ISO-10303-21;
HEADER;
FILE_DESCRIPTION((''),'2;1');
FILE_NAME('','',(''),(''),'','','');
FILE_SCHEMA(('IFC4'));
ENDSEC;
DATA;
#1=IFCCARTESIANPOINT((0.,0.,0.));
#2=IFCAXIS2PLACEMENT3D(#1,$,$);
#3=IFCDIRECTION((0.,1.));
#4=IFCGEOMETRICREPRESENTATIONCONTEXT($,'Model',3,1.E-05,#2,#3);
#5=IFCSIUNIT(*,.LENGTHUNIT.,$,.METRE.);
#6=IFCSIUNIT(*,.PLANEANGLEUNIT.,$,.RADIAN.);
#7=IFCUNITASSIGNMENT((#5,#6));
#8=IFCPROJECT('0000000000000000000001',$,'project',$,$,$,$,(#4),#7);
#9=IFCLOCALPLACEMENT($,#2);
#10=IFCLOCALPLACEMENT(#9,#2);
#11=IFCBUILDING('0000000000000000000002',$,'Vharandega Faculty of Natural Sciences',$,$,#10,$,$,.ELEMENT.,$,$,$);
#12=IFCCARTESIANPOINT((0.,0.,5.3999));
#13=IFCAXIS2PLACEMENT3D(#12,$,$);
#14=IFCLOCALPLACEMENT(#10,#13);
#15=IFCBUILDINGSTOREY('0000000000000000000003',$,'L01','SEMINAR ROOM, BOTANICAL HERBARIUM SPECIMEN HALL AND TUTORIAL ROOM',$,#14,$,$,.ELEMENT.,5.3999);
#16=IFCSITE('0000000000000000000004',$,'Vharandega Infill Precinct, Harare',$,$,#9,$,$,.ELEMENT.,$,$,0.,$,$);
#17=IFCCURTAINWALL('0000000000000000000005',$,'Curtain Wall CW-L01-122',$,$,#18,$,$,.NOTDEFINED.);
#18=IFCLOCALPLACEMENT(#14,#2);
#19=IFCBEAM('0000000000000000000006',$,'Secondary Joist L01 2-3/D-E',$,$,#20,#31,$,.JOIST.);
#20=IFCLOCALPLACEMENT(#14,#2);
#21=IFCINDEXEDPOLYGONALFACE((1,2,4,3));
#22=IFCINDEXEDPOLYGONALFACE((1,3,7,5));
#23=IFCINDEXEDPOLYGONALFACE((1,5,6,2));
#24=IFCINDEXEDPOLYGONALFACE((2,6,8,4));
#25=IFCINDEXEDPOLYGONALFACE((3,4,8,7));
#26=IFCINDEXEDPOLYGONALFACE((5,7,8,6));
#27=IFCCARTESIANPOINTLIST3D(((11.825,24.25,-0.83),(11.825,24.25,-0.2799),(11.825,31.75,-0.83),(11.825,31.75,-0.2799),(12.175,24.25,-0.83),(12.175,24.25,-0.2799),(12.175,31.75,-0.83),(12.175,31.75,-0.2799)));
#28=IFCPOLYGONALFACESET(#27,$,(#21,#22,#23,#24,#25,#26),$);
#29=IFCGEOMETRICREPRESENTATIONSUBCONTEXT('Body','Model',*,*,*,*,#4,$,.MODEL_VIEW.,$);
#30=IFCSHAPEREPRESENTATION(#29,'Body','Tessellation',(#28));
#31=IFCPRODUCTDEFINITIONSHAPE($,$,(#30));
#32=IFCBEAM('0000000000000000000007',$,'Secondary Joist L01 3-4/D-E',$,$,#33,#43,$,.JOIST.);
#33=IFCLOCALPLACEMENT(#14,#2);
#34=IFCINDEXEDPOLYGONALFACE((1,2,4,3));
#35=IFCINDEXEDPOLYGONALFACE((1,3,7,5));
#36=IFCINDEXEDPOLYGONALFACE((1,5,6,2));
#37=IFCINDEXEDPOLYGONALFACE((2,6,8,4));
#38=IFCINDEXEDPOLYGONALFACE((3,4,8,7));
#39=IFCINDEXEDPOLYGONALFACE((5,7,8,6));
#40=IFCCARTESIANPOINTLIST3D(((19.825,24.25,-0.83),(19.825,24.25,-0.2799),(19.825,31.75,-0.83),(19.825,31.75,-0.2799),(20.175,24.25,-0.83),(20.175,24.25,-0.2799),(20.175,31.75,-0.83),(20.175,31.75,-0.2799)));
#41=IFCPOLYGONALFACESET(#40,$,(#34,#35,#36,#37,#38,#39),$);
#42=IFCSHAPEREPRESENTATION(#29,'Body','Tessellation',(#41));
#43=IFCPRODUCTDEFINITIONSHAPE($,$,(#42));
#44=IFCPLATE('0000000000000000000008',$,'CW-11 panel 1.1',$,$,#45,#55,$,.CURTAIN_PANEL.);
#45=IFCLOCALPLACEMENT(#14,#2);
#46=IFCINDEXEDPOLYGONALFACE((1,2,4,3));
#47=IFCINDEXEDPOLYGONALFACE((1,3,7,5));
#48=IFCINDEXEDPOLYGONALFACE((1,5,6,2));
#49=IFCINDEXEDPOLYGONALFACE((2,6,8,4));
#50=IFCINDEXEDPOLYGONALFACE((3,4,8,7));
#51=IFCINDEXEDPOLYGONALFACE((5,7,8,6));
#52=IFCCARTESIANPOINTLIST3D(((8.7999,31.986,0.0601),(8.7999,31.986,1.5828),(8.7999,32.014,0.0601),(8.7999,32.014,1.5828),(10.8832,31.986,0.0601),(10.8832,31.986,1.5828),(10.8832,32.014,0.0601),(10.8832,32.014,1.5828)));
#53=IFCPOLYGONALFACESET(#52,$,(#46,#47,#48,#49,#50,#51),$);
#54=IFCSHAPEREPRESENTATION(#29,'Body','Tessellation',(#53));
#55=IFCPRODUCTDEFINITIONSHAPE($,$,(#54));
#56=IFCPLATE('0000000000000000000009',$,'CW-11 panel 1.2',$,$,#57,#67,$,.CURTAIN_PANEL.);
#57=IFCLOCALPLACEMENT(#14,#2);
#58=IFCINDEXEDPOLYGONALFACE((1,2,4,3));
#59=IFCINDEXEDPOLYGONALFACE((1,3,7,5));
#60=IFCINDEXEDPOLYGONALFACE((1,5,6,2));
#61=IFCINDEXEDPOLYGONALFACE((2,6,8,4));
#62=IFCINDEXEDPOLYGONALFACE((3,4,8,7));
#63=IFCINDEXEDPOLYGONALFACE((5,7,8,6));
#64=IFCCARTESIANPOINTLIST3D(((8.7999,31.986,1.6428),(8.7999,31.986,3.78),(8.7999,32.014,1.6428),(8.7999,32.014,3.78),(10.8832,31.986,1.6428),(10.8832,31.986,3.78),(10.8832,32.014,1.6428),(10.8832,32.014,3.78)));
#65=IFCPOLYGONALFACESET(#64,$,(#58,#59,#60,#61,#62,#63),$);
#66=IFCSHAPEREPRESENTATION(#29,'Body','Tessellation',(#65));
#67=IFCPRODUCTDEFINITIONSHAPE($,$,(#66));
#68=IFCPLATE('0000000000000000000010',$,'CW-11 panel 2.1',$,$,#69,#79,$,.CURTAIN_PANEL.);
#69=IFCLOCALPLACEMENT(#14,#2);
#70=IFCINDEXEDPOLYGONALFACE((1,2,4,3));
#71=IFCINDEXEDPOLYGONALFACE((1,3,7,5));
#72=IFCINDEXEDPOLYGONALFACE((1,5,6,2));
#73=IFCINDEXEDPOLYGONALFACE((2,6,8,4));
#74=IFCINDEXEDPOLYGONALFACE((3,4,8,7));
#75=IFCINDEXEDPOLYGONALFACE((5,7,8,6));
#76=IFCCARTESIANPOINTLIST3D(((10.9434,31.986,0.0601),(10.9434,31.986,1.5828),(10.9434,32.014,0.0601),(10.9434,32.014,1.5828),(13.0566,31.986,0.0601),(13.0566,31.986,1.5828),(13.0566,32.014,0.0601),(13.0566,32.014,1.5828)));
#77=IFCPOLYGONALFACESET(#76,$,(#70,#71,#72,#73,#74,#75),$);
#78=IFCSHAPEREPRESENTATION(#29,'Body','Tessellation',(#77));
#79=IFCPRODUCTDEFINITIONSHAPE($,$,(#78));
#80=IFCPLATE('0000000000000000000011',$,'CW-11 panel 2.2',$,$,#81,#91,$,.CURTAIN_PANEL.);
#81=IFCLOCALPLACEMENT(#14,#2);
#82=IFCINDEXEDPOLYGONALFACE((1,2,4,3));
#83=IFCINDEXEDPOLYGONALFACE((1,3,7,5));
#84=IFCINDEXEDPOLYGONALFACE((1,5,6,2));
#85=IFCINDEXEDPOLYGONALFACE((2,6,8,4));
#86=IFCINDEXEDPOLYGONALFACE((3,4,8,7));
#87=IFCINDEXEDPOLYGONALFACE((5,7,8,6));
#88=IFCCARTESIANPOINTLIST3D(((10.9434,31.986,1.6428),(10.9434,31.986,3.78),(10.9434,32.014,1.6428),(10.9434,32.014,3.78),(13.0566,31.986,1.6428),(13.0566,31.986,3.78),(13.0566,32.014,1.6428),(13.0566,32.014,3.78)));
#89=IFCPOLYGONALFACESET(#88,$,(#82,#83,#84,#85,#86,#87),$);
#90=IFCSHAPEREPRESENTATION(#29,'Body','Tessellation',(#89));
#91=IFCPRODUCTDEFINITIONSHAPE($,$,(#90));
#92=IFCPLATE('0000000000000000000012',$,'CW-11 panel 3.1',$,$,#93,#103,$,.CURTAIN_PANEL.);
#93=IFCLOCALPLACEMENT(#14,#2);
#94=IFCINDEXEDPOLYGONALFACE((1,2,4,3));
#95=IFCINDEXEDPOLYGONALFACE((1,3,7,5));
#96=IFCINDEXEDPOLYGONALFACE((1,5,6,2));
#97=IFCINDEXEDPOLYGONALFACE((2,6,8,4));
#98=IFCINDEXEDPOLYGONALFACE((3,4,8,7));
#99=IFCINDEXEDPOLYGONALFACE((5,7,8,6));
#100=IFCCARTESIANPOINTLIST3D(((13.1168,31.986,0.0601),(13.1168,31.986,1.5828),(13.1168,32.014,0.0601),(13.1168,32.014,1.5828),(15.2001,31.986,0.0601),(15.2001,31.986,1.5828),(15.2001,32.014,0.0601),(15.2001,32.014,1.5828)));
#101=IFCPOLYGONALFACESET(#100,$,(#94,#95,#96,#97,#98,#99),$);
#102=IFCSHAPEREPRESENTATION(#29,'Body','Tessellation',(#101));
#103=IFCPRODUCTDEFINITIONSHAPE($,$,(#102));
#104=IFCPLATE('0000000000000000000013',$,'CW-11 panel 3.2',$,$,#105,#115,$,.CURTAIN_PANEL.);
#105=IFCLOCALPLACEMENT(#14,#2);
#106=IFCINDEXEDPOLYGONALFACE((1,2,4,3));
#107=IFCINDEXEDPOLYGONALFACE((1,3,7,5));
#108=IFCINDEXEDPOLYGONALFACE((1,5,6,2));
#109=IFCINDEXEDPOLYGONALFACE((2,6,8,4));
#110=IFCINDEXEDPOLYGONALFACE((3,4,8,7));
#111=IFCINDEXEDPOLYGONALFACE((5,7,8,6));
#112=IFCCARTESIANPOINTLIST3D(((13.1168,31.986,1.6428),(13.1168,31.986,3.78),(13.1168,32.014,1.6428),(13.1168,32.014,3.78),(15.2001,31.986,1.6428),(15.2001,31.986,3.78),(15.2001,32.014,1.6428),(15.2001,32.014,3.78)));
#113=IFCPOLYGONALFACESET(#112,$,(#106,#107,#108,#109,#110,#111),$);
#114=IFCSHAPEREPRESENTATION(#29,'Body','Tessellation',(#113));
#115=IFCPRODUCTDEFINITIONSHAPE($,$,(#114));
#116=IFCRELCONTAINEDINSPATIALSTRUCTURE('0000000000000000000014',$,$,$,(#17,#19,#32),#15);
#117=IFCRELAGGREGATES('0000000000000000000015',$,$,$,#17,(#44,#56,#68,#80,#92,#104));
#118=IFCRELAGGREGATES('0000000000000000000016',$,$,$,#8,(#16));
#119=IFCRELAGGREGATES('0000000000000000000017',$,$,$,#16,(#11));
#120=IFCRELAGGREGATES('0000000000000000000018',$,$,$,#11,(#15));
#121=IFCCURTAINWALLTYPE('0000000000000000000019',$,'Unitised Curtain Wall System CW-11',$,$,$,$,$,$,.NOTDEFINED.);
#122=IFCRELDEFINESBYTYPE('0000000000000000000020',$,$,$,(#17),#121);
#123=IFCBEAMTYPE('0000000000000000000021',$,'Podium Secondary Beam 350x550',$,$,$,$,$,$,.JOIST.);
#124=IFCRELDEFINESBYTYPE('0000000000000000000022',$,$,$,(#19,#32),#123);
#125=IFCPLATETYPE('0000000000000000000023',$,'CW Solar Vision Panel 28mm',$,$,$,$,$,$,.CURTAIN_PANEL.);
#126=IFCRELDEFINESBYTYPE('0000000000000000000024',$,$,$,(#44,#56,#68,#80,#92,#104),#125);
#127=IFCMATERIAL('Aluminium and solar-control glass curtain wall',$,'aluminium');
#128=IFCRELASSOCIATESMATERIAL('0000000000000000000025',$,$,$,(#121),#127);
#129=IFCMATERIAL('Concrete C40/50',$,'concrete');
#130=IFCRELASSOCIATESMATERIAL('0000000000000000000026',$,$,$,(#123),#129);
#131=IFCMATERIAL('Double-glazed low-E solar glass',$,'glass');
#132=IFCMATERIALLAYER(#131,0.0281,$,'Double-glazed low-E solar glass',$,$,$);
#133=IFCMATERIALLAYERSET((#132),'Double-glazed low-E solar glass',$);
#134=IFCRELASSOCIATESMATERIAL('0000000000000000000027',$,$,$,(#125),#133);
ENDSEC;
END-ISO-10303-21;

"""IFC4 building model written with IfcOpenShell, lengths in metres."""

from ifc_helpers import new_model, si_unit, direction, frame, origin, origin_2d, place, context, subcontext, project, spatial, rectangle, extrude, material, layer, layer_set, material_profile, profile_set, type_object, element, aggregate, save


model = new_model("IFC4")

# Units and contexts
model_context = context("Model", 3, precision=1e-05, world=origin(), true_north=direction((0.0, 1.0)))
body_context = subcontext(model_context, "Body", "Model", "MODEL_VIEW")
ifc_project = project(units=[si_unit("LENGTHUNIT", "METRE"), si_unit("PLANEANGLEUNIT", "RADIAN")], contexts=[model_context])

# Site, building, storey
site_placement = place(None, origin())
site = spatial("IfcSite", under=ifc_project, at=site_placement, Name="Vharandega Infill Precinct, Harare", CompositionType="ELEMENT", RefElevation=0.0)
building_placement = place(site_placement, origin())
building = spatial("IfcBuilding", under=site, at=building_placement, Name="Vharandega Faculty of Natural Sciences", CompositionType="ELEMENT")
storey_placement = place(building_placement, frame((0.0, 0.0, 5.3999)))
storey = spatial("IfcBuildingStorey", under=building, at=storey_placement, Name="L01", Description="SEMINAR ROOM, BOTANICAL HERBARIUM SPECIMEN HALL AND TUTORIAL ROOM", CompositionType="ELEMENT", Elevation=5.3999)

# Curtain wall
ifc_material_1 = material(Name="Aluminium and solar-control glass curtain wall", Category="aluminium")
curtain_wall_type = type_object("IfcCurtainWallType", Name="Unitised Curtain Wall System CW-11", PredefinedType="NOTDEFINED", material=ifc_material_1)
curtain_wall_placement = place(storey_placement, origin())
curtain_wall = element("IfcCurtainWall", 1, at=curtain_wall_placement, inside=storey, type_object=curtain_wall_type, Name="Curtain Wall CW-L01-122", PredefinedType="NOTDEFINED")

# Beams
ifc_material_2 = material(Name="Concrete C40/50", Category="concrete")
ifc_material_profile_1 = material_profile(ifc_material_2, rectangle(XDim=0.3501, YDim=0.55, at=origin_2d()), Name="RC 350x550")
ifc_profile_set_1 = profile_set([ifc_material_profile_1], Name="Concrete C40/50")
beam_type_1 = type_object("IfcBeamType", Name="Podium Secondary Beam 350x550", PredefinedType="JOIST", material=ifc_profile_set_1)
for number, where, z_axis, x_axis, name in (
    (2, (12.0, 24.25, -0.5549), (0.0, 1.0, 0.0), (-1.0, 0.0, 0.0), "Secondary Joist L01 2-3/D-E"),
    (3, (20.0, 24.25, -0.5549), (0.0, 1.0, 0.0), (-1.0, 0.0, 0.0), "Secondary Joist L01 3-4/D-E"),
):
    element("IfcBeam", number, at=place(storey_placement, frame(where, z_axis=z_axis, x_axis=x_axis)), inside=storey, type_object=beam_type_1, Name=name, PredefinedType="JOIST", context=body_context, shape_type="SweptSolid", body=[
        extrude(rectangle(XDim=0.3501, YDim=0.55, at=origin_2d()), origin(), (0.0, 0.0, 1.0), 7.5),
    ])

# Plates
ifc_material_3 = material(Name="Double-glazed low-E solar glass", Category="glass")
ifc_layer = layer(ifc_material_3, 0.0281, Name="Double-glazed low-E solar glass")
ifc_layer_set = layer_set([ifc_layer], Name="Double-glazed low-E solar glass")
plate_type = type_object("IfcPlateType", Name="CW Solar Vision Panel 28mm", PredefinedType="CURTAIN_PANEL", material=ifc_layer_set)
plate_1_placement = place(storey_placement, frame((9.8416, 32.0, 0.0601), z_axis=(0.0, 0.0, 1.0), x_axis=(1.0, 0.0, 0.0)))
plate_1 = element("IfcPlate", 4, at=plate_1_placement, type_object=plate_type, Name="CW-11 panel 1.1", PredefinedType="CURTAIN_PANEL", context=body_context, shape_type="SweptSolid", body=[
    extrude(rectangle(XDim=2.0833, YDim=0.0281, at=origin_2d()), origin(), (0.0, 0.0, 1.0), 1.5227),
])
plate_2_placement = place(storey_placement, frame((9.8416, 32.0, 1.6428), z_axis=(0.0, 0.0, 1.0), x_axis=(1.0, 0.0, 0.0)))
plate_2 = element("IfcPlate", 5, at=plate_2_placement, type_object=plate_type, Name="CW-11 panel 1.2", PredefinedType="CURTAIN_PANEL", context=body_context, shape_type="SweptSolid", body=[
    extrude(rectangle(XDim=2.0833, YDim=0.0281, at=origin_2d()), origin(), (0.0, 0.0, 1.0), 2.1372),
])
plate_3_placement = place(storey_placement, frame((12.0, 32.0, 0.0601), z_axis=(0.0, 0.0, 1.0), x_axis=(1.0, 0.0, 0.0)))
plate_3 = element("IfcPlate", 6, at=plate_3_placement, type_object=plate_type, Name="CW-11 panel 2.1", PredefinedType="CURTAIN_PANEL", context=body_context, shape_type="SweptSolid", body=[
    extrude(rectangle(XDim=2.1133, YDim=0.0281, at=origin_2d()), origin(), (0.0, 0.0, 1.0), 1.5227),
])
plate_4_placement = place(storey_placement, frame((12.0, 32.0, 1.6428), z_axis=(0.0, 0.0, 1.0), x_axis=(1.0, 0.0, 0.0)))
plate_4 = element("IfcPlate", 7, at=plate_4_placement, type_object=plate_type, Name="CW-11 panel 2.2", PredefinedType="CURTAIN_PANEL", context=body_context, shape_type="SweptSolid", body=[
    extrude(rectangle(XDim=2.1133, YDim=0.0281, at=origin_2d()), origin(), (0.0, 0.0, 1.0), 2.1372),
])
plate_5_placement = place(storey_placement, frame((14.1584, 32.0, 0.0601), z_axis=(0.0, 0.0, 1.0), x_axis=(1.0, 0.0, 0.0)))
plate_5 = element("IfcPlate", 8, at=plate_5_placement, type_object=plate_type, Name="CW-11 panel 3.1", PredefinedType="CURTAIN_PANEL", context=body_context, shape_type="SweptSolid", body=[
    extrude(rectangle(XDim=2.0833, YDim=0.0281, at=origin_2d()), origin(), (0.0, 0.0, 1.0), 1.5227),
])
plate_6_placement = place(storey_placement, frame((14.1584, 32.0, 1.6428), z_axis=(0.0, 0.0, 1.0), x_axis=(1.0, 0.0, 0.0)))
plate_6 = element("IfcPlate", 9, at=plate_6_placement, type_object=plate_type, Name="CW-11 panel 3.2", PredefinedType="CURTAIN_PANEL", context=body_context, shape_type="SweptSolid", body=[
    extrude(rectangle(XDim=2.0833, YDim=0.0281, at=origin_2d()), origin(), (0.0, 0.0, 1.0), 2.1372),
])
aggregate(curtain_wall, [plate_1, plate_2, plate_3, plate_4, plate_5, plate_6])

save(model, "model.ifc")
